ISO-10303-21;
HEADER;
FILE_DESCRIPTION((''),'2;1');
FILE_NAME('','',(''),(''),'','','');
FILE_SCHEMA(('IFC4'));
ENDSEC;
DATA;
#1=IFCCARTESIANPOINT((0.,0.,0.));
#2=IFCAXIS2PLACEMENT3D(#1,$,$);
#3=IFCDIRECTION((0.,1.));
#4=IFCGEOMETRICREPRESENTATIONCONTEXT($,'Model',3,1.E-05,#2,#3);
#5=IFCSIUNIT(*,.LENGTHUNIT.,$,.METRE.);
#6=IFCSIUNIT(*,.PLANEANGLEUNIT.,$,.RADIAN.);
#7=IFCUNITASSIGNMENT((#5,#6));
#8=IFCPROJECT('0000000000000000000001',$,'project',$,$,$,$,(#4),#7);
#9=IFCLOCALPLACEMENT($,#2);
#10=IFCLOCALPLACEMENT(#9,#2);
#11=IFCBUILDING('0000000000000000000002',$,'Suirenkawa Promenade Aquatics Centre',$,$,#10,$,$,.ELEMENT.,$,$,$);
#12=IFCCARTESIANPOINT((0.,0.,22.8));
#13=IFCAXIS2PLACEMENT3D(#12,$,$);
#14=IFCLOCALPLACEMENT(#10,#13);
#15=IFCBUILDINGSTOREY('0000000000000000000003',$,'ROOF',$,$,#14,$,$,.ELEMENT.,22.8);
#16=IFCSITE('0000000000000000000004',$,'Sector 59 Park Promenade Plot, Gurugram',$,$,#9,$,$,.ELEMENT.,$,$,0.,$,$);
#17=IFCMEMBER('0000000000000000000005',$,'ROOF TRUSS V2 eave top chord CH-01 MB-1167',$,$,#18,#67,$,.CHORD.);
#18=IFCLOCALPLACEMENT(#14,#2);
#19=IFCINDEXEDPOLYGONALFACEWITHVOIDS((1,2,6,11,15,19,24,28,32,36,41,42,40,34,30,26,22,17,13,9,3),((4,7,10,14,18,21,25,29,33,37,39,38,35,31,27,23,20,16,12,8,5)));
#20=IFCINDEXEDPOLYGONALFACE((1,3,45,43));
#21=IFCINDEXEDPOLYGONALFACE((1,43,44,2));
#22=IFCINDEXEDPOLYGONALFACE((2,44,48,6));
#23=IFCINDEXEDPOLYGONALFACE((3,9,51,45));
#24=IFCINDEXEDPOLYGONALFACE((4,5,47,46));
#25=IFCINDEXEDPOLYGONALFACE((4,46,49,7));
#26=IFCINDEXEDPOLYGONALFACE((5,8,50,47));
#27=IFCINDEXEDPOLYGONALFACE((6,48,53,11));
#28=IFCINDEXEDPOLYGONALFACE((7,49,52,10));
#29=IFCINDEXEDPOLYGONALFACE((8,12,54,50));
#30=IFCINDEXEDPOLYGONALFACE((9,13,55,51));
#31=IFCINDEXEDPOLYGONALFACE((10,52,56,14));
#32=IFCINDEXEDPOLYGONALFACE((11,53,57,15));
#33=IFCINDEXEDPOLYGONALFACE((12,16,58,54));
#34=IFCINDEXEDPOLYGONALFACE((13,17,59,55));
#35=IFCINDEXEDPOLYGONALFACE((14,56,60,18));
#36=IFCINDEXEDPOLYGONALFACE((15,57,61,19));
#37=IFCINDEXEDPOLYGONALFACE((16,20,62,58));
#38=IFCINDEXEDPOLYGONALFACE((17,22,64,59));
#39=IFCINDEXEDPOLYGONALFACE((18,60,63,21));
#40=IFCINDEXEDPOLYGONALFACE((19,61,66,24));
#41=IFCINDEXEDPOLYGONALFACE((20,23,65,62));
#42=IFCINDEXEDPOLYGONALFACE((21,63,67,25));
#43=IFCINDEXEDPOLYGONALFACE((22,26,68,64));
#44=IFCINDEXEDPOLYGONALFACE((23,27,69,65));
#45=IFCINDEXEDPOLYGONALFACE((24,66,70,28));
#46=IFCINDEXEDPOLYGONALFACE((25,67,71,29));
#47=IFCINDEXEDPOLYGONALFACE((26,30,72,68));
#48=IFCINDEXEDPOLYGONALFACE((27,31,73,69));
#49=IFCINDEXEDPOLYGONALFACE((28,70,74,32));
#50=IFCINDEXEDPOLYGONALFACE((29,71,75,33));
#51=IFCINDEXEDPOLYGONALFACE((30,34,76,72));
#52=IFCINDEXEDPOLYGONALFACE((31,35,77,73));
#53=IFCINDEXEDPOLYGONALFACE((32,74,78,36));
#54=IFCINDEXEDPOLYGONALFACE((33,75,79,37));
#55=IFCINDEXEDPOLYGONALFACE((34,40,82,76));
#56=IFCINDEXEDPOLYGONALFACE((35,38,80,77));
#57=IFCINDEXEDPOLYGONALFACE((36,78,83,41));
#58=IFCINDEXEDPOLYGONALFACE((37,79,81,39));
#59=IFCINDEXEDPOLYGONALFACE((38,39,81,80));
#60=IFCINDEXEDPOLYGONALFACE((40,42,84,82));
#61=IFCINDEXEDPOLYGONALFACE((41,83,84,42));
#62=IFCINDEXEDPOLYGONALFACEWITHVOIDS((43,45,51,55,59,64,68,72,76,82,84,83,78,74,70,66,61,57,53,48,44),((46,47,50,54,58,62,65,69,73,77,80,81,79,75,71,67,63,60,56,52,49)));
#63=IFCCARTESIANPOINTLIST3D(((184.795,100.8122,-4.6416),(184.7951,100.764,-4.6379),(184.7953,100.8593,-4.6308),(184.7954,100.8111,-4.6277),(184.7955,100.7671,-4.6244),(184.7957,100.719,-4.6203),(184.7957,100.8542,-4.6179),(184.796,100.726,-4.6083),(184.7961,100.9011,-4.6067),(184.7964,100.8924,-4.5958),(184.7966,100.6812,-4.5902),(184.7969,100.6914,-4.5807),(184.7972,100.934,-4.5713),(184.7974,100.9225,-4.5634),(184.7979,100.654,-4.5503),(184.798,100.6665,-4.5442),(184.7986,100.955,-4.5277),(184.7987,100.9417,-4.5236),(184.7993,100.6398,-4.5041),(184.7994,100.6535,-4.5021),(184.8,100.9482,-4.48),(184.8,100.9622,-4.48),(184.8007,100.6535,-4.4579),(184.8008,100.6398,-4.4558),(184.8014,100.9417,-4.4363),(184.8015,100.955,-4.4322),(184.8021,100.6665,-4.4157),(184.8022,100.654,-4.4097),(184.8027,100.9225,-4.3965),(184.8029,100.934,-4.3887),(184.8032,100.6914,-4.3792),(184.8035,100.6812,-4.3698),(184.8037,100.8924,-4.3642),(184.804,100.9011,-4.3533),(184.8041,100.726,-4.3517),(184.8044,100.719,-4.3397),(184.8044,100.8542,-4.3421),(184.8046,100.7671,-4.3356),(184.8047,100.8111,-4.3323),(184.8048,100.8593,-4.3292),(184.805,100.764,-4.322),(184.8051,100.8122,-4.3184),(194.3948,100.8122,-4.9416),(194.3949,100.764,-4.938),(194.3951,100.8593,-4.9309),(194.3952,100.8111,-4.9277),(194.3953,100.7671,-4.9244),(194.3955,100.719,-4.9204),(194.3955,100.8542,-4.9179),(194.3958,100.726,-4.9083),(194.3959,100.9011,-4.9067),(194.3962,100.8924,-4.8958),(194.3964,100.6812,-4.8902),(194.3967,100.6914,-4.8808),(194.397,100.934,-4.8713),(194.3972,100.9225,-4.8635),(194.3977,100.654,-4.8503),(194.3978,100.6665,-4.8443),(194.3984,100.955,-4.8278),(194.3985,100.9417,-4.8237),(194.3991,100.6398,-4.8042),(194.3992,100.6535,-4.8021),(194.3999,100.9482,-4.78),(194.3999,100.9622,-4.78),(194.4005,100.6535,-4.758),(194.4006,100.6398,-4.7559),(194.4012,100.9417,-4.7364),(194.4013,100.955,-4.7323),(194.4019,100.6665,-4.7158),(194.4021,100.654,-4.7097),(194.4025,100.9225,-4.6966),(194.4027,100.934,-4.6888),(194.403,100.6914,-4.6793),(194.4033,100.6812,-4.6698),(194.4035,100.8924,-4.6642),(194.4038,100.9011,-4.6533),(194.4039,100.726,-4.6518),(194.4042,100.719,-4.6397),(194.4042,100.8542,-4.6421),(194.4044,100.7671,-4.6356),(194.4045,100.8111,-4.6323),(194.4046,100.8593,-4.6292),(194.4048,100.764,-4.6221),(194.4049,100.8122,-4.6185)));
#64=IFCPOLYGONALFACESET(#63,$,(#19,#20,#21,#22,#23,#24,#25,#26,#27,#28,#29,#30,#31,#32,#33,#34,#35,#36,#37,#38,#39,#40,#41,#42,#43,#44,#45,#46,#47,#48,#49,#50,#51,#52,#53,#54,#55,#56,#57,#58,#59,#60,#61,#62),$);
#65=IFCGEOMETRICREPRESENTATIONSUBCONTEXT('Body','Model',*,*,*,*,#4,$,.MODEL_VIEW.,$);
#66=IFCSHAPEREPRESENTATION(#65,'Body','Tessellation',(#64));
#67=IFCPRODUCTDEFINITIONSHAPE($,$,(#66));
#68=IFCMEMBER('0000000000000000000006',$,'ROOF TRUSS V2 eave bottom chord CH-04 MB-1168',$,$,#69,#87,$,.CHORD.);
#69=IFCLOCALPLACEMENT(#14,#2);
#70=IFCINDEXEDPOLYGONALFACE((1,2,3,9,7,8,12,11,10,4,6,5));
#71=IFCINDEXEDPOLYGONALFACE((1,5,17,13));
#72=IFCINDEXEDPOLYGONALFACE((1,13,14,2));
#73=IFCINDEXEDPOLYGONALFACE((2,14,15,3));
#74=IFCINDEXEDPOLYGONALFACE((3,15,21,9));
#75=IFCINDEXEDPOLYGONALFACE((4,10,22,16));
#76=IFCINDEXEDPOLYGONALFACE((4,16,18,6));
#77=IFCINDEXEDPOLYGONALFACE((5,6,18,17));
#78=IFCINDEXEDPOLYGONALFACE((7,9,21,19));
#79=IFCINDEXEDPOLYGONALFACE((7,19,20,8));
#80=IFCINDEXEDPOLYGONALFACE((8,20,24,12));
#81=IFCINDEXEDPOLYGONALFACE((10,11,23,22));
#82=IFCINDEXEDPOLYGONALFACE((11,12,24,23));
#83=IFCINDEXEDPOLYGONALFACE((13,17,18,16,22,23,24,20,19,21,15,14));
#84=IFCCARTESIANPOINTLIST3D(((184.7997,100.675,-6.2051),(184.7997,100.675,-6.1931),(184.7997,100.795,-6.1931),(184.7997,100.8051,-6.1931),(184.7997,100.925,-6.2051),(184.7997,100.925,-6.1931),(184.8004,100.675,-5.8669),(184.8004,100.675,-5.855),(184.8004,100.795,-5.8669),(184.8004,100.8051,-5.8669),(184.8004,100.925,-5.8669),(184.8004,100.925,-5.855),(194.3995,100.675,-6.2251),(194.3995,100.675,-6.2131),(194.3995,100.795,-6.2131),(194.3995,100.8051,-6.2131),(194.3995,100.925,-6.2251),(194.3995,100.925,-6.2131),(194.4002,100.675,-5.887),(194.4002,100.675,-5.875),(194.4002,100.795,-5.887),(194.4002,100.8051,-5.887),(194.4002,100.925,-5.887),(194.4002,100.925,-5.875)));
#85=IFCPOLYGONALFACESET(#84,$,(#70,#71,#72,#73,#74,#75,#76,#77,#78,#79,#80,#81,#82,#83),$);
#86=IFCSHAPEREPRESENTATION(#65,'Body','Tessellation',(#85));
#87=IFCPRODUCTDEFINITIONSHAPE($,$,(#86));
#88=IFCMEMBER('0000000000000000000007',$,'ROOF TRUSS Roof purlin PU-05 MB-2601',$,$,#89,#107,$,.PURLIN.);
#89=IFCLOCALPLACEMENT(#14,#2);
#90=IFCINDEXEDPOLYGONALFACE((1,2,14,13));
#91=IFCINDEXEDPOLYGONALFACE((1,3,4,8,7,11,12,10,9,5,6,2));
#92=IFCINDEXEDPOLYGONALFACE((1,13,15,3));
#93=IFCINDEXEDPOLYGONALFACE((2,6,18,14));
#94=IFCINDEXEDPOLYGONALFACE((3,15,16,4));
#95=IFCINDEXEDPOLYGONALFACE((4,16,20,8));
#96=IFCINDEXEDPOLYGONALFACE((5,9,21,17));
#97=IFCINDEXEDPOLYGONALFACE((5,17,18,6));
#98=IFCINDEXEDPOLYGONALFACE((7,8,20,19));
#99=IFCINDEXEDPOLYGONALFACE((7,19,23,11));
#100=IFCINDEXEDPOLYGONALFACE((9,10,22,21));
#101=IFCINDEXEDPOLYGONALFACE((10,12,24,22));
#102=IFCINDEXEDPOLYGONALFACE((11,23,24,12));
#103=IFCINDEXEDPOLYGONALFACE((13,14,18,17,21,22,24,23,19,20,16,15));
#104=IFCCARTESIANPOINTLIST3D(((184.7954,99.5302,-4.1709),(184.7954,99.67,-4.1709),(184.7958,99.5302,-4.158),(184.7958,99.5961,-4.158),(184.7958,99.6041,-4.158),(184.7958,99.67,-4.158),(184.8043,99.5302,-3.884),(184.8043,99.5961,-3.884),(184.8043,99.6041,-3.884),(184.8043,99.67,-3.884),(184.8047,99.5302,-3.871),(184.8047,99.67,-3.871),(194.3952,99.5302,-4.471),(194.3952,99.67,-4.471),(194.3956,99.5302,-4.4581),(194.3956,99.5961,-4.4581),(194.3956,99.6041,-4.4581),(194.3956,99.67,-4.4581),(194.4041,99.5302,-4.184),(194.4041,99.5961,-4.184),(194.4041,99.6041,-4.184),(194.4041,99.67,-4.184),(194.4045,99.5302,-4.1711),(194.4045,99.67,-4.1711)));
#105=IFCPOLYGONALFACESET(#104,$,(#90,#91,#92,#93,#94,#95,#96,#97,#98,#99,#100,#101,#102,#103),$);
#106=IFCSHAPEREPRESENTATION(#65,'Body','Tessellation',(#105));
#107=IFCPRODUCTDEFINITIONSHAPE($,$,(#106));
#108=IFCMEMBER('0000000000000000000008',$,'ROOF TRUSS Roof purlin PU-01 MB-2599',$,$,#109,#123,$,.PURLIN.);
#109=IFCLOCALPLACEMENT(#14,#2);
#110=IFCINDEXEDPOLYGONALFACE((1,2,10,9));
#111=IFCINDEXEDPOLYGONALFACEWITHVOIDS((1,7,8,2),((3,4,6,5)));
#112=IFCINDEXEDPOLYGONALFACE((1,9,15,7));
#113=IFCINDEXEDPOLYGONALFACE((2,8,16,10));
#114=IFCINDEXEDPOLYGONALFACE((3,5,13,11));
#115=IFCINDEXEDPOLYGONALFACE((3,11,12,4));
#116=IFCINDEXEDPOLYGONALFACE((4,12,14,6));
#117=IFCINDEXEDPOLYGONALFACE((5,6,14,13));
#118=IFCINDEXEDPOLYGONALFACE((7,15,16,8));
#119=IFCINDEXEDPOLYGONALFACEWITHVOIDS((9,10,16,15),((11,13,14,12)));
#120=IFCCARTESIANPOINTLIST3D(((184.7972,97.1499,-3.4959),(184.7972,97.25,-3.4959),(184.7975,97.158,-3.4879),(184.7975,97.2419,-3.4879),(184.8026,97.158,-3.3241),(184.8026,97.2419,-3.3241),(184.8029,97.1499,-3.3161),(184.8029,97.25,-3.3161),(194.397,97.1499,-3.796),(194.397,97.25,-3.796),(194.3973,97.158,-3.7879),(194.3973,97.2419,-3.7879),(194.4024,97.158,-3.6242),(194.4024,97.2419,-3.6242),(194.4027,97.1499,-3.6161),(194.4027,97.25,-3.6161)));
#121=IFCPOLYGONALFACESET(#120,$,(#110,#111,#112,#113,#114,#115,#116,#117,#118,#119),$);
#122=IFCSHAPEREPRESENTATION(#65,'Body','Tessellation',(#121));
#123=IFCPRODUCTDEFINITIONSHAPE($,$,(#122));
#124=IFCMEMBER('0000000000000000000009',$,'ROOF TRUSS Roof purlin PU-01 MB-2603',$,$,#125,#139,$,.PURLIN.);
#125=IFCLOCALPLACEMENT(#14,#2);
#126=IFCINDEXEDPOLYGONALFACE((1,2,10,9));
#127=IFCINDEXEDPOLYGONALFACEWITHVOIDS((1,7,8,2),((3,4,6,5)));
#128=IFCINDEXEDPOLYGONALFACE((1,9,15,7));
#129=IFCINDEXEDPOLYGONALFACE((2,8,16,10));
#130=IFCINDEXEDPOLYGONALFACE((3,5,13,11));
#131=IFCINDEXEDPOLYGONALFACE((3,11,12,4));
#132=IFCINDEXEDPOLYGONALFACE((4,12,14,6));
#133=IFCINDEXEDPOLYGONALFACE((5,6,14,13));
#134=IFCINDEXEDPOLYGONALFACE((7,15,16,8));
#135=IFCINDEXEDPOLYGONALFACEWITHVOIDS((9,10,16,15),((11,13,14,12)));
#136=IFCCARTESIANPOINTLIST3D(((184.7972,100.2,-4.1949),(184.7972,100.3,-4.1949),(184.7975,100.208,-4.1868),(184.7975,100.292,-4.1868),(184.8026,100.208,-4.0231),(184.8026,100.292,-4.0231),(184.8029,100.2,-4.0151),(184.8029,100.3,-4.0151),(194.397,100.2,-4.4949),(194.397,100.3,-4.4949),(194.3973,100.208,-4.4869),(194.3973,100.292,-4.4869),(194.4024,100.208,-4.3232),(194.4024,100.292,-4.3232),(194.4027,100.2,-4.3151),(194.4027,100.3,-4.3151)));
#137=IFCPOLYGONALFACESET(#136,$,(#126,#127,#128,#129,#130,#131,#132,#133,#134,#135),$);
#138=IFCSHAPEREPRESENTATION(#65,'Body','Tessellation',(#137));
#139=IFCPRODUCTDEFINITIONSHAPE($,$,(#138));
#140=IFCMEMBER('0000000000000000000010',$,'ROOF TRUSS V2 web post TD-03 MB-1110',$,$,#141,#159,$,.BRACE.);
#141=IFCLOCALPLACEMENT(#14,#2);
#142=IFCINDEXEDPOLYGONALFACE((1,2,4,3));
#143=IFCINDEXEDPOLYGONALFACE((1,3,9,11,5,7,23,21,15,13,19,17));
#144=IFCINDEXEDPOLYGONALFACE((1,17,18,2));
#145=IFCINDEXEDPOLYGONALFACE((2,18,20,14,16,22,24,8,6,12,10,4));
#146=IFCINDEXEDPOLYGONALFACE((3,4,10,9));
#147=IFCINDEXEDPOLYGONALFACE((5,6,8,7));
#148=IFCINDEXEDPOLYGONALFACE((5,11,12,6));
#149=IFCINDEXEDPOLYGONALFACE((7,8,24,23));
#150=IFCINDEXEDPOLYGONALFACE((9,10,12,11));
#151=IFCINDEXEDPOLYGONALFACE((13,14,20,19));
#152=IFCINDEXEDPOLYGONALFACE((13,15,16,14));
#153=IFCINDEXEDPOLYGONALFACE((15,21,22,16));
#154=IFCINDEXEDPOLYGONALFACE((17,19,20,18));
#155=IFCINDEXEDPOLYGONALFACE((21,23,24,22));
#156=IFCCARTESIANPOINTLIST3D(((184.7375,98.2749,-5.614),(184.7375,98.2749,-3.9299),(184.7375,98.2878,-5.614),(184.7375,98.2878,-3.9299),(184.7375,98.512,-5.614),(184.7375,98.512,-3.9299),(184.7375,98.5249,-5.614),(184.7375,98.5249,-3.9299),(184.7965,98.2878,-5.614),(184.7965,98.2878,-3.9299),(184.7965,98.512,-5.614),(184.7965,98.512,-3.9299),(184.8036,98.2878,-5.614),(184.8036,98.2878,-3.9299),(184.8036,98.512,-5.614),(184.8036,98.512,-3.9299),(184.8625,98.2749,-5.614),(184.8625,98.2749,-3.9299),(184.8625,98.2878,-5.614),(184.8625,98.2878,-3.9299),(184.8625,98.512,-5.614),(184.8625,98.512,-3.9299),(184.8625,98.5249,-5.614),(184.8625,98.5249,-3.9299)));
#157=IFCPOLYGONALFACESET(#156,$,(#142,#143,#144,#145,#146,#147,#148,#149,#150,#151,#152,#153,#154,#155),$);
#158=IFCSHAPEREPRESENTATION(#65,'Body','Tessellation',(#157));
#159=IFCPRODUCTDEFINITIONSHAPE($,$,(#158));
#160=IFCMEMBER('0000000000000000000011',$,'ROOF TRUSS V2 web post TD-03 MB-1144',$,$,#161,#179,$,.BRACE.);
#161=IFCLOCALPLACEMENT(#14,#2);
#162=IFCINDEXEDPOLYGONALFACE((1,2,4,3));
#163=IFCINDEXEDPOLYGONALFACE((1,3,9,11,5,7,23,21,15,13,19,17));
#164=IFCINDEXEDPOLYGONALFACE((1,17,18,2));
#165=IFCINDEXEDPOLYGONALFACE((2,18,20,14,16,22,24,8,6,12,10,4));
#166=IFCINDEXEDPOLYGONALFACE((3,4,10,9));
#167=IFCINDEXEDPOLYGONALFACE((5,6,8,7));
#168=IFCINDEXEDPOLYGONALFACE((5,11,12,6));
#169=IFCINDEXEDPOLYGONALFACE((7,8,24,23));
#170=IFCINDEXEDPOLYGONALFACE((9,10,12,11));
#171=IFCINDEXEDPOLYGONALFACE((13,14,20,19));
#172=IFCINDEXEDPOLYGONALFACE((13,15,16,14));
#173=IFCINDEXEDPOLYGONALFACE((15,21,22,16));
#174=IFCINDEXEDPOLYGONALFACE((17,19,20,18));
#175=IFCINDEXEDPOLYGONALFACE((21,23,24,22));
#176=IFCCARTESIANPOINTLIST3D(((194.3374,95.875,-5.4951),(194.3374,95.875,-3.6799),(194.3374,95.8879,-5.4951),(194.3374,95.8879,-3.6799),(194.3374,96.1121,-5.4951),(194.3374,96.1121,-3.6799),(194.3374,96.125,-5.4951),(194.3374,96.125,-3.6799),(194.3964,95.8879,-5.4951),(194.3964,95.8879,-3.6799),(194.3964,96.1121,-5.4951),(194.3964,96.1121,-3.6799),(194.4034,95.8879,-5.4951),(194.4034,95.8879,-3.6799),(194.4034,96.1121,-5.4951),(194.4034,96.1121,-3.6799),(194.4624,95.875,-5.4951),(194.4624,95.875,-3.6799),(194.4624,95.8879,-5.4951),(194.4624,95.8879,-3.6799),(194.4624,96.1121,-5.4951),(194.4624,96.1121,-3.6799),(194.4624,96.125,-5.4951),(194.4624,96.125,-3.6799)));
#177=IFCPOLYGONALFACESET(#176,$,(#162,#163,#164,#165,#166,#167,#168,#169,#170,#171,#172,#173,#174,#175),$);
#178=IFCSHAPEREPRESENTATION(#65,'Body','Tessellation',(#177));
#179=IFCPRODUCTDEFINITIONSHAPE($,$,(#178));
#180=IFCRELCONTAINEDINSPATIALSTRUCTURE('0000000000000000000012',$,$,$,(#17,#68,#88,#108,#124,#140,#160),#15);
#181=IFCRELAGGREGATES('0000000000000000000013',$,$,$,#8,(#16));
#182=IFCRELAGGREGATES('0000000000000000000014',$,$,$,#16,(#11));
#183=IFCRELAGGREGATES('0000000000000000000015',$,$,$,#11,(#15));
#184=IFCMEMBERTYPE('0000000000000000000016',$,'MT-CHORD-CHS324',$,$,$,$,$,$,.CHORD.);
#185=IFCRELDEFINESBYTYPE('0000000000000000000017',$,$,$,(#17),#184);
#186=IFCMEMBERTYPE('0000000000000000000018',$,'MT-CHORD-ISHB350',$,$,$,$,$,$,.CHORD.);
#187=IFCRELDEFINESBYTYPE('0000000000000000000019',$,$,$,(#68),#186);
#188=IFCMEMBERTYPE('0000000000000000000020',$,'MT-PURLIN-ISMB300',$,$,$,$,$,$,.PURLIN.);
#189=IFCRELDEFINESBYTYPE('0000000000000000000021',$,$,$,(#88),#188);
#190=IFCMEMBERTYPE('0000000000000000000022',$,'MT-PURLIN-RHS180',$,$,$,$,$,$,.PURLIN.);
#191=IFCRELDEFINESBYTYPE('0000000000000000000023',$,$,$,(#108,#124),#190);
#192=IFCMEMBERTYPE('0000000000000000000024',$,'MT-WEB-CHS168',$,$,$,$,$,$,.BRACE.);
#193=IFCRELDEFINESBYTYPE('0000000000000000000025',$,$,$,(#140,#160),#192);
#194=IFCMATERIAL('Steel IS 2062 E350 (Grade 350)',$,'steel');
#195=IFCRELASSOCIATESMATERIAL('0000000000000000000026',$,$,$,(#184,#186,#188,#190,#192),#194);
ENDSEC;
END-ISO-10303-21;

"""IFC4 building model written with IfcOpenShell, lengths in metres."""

from ifc_helpers import new_model, si_unit, direction, frame, origin, origin_2d, place, context, subcontext, project, spatial, hollow_rectangle, hollow_circle, i_section, extrude, material, material_profile, profile_set, type_object, element, save


model = new_model("IFC4")

# Units and contexts
model_context = context("Model", 3, precision=1e-05, world=origin(), true_north=direction((0.0, 1.0)))
body_context = subcontext(model_context, "Body", "Model", "MODEL_VIEW")
ifc_project = project(units=[si_unit("LENGTHUNIT", "METRE"), si_unit("PLANEANGLEUNIT", "RADIAN")], contexts=[model_context])

# Site, building, storey
site_placement = place(None, origin())
site = spatial("IfcSite", under=ifc_project, at=site_placement, Name="Sector 59 Park Promenade Plot, Gurugram", CompositionType="ELEMENT", RefElevation=0.0)
building_placement = place(site_placement, origin())
building = spatial("IfcBuilding", under=site, at=building_placement, Name="Suirenkawa Promenade Aquatics Centre", CompositionType="ELEMENT")
storey_placement = place(building_placement, frame((0.0, 0.0, 22.8)))
storey = spatial("IfcBuildingStorey", under=building, at=storey_placement, Name="ROOF", CompositionType="ELEMENT", Elevation=22.8)

# Shared definitions
ifc_material = material(Name="Steel IS 2062 E350 (Grade 350)", Category="steel")

# Members
ifc_material_profile_1 = material_profile(ifc_material, hollow_circle(Radius=0.1621, WallThickness=0.0139, at=origin_2d()), Name="CHS 324x14", Category="steel")
ifc_profile_set_1 = profile_set([ifc_material_profile_1], Name="Steel IS 2062 E350 (Grade 350)")
member_type_1 = type_object("IfcMemberType", Name="MT-CHORD-CHS324", PredefinedType="CHORD", material=ifc_profile_set_1)
member_1_placement = place(storey_placement, frame((184.8, 100.8, -4.48), z_axis=(0.999512, 0.0, -0.03124), x_axis=(0.0, 1.0, 0.0)))
element("IfcMember", 1, at=member_1_placement, inside=storey, type_object=member_type_1, Name="ROOF TRUSS V2 eave top chord CH-01 MB-1167", PredefinedType="CHORD", context=body_context, shape_type="SweptSolid", body=[
    extrude(hollow_circle(Radius=0.1621, WallThickness=0.0139, at=origin_2d()), origin(), (0.0, 0.0, 1.0), 9.6045),
])
ifc_material_profile_2 = material_profile(ifc_material, i_section(OverallWidth=0.25, OverallDepth=0.3501, WebThickness=0.01, FlangeThickness=0.012, at=origin_2d()), Name="ISHB 350", Category="steel")
ifc_profile_set_2 = profile_set([ifc_material_profile_2], Name="Steel IS 2062 E350 (Grade 350)")
member_type_2 = type_object("IfcMemberType", Name="MT-CHORD-ISHB350", PredefinedType="CHORD", material=ifc_profile_set_2)
member_2_placement = place(storey_placement, frame((184.8, 100.8, -6.03), z_axis=(0.999998, 0.0, -0.002085), x_axis=(0.0, 1.0, 0.0)))
element("IfcMember", 2, at=member_2_placement, inside=storey, type_object=member_type_2, Name="ROOF TRUSS V2 eave bottom chord CH-04 MB-1168", PredefinedType="CHORD", context=body_context, shape_type="SweptSolid", body=[
    extrude(i_section(OverallWidth=0.25, OverallDepth=0.3501, WebThickness=0.01, FlangeThickness=0.012, at=origin_2d()), origin(), (0.0, 0.0, 1.0), 9.5999),
])
ifc_material_profile_3 = material_profile(ifc_material, i_section(OverallWidth=0.1399, OverallDepth=0.3, WebThickness=0.0081, FlangeThickness=0.0129, at=origin_2d()), Name="ISMB 300", Category="steel")
ifc_profile_set_3 = profile_set([ifc_material_profile_3], Name="Steel IS 2062 E350 (Grade 350)")
member_type_3 = type_object("IfcMemberType", Name="MT-PURLIN-ISMB300", PredefinedType="PURLIN", material=ifc_profile_set_3)
member_3_placement = place(storey_placement, frame((184.8, 99.6001, -4.021), z_axis=(0.999512, 0.0, -0.03124), x_axis=(0.0, 1.0, 0.0)))
element("IfcMember", 3, at=member_3_placement, inside=storey, type_object=member_type_3, Name="ROOF TRUSS Roof purlin PU-05 MB-2601", PredefinedType="PURLIN", context=body_context, shape_type="SweptSolid", body=[
    extrude(i_section(OverallWidth=0.1399, OverallDepth=0.3, WebThickness=0.0081, FlangeThickness=0.0129, at=origin_2d()), origin(), (0.0, 0.0, 1.0), 9.6045),
])
ifc_material_profile_4 = material_profile(ifc_material, hollow_rectangle(XDim=0.1001, YDim=0.1799, WallThickness=0.0081, at=origin_2d()), Name="RHS 180x100x8", Category="steel")
ifc_profile_set_4 = profile_set([ifc_material_profile_4], Name="Steel IS 2062 E350 (Grade 350)")
member_type_4 = type_object("IfcMemberType", Name="MT-PURLIN-RHS180", PredefinedType="PURLIN", material=ifc_profile_set_4)
for number, where, z_axis, x_axis, name in (
    (4, (184.8, 97.2, -3.406), (0.999512, 0.0, -0.03124), (0.0, 1.0, 0.0), "ROOF TRUSS Roof purlin PU-01 MB-2599"),
    (5, (184.8, 100.25, -4.105), (0.999512, 0.0, -0.03124), (0.0, 1.0, 0.0), "ROOF TRUSS Roof purlin PU-01 MB-2603"),
):
    element("IfcMember", number, at=place(storey_placement, frame(where, z_axis=z_axis, x_axis=x_axis)), inside=storey, type_object=member_type_4, Name=name, PredefinedType="PURLIN", context=body_context, shape_type="SweptSolid", body=[
        extrude(hollow_rectangle(XDim=0.1001, YDim=0.1799, WallThickness=0.0081, at=origin_2d()), origin(), (0.0, 0.0, 1.0), 9.6045),
    ])
ifc_material_profile_5 = material_profile(ifc_material, i_section(OverallWidth=0.125, OverallDepth=0.25, WebThickness=0.0071, FlangeThickness=0.0129, at=origin_2d()), Name="ISMB 250", Category="steel")
ifc_profile_set_5 = profile_set([ifc_material_profile_5], Name="Steel IS 2062 E350 (Grade 350)")
member_type_5 = type_object("IfcMemberType", Name="MT-WEB-CHS168", PredefinedType="BRACE", material=ifc_profile_set_5)
member_4_placement = place(storey_placement, frame((184.8, 98.3999, -5.614), z_axis=(0.0, 0.0, 1.0), x_axis=(1.0, 0.0, 0.0)))
element("IfcMember", 6, at=member_4_placement, inside=storey, type_object=member_type_5, Name="ROOF TRUSS V2 web post TD-03 MB-1110", PredefinedType="BRACE", context=body_context, shape_type="SweptSolid", body=[
    extrude(i_section(OverallWidth=0.125, OverallDepth=0.25, WebThickness=0.0071, FlangeThickness=0.0129, at=origin_2d()), origin(), (0.0, 0.0, 1.0), 1.6841),
])
member_5_placement = place(storey_placement, frame((194.3999, 96.0, -5.4951), z_axis=(0.0, 0.0, 1.0), x_axis=(1.0, 0.0, 0.0)))
element("IfcMember", 7, at=member_5_placement, inside=storey, type_object=member_type_5, Name="ROOF TRUSS V2 web post TD-03 MB-1144", PredefinedType="BRACE", context=body_context, shape_type="SweptSolid", body=[
    extrude(i_section(OverallWidth=0.125, OverallDepth=0.25, WebThickness=0.0071, FlangeThickness=0.0129, at=origin_2d()), origin(), (0.0, 0.0, 1.0), 1.8152),
])

save(model, "model.ifc")
